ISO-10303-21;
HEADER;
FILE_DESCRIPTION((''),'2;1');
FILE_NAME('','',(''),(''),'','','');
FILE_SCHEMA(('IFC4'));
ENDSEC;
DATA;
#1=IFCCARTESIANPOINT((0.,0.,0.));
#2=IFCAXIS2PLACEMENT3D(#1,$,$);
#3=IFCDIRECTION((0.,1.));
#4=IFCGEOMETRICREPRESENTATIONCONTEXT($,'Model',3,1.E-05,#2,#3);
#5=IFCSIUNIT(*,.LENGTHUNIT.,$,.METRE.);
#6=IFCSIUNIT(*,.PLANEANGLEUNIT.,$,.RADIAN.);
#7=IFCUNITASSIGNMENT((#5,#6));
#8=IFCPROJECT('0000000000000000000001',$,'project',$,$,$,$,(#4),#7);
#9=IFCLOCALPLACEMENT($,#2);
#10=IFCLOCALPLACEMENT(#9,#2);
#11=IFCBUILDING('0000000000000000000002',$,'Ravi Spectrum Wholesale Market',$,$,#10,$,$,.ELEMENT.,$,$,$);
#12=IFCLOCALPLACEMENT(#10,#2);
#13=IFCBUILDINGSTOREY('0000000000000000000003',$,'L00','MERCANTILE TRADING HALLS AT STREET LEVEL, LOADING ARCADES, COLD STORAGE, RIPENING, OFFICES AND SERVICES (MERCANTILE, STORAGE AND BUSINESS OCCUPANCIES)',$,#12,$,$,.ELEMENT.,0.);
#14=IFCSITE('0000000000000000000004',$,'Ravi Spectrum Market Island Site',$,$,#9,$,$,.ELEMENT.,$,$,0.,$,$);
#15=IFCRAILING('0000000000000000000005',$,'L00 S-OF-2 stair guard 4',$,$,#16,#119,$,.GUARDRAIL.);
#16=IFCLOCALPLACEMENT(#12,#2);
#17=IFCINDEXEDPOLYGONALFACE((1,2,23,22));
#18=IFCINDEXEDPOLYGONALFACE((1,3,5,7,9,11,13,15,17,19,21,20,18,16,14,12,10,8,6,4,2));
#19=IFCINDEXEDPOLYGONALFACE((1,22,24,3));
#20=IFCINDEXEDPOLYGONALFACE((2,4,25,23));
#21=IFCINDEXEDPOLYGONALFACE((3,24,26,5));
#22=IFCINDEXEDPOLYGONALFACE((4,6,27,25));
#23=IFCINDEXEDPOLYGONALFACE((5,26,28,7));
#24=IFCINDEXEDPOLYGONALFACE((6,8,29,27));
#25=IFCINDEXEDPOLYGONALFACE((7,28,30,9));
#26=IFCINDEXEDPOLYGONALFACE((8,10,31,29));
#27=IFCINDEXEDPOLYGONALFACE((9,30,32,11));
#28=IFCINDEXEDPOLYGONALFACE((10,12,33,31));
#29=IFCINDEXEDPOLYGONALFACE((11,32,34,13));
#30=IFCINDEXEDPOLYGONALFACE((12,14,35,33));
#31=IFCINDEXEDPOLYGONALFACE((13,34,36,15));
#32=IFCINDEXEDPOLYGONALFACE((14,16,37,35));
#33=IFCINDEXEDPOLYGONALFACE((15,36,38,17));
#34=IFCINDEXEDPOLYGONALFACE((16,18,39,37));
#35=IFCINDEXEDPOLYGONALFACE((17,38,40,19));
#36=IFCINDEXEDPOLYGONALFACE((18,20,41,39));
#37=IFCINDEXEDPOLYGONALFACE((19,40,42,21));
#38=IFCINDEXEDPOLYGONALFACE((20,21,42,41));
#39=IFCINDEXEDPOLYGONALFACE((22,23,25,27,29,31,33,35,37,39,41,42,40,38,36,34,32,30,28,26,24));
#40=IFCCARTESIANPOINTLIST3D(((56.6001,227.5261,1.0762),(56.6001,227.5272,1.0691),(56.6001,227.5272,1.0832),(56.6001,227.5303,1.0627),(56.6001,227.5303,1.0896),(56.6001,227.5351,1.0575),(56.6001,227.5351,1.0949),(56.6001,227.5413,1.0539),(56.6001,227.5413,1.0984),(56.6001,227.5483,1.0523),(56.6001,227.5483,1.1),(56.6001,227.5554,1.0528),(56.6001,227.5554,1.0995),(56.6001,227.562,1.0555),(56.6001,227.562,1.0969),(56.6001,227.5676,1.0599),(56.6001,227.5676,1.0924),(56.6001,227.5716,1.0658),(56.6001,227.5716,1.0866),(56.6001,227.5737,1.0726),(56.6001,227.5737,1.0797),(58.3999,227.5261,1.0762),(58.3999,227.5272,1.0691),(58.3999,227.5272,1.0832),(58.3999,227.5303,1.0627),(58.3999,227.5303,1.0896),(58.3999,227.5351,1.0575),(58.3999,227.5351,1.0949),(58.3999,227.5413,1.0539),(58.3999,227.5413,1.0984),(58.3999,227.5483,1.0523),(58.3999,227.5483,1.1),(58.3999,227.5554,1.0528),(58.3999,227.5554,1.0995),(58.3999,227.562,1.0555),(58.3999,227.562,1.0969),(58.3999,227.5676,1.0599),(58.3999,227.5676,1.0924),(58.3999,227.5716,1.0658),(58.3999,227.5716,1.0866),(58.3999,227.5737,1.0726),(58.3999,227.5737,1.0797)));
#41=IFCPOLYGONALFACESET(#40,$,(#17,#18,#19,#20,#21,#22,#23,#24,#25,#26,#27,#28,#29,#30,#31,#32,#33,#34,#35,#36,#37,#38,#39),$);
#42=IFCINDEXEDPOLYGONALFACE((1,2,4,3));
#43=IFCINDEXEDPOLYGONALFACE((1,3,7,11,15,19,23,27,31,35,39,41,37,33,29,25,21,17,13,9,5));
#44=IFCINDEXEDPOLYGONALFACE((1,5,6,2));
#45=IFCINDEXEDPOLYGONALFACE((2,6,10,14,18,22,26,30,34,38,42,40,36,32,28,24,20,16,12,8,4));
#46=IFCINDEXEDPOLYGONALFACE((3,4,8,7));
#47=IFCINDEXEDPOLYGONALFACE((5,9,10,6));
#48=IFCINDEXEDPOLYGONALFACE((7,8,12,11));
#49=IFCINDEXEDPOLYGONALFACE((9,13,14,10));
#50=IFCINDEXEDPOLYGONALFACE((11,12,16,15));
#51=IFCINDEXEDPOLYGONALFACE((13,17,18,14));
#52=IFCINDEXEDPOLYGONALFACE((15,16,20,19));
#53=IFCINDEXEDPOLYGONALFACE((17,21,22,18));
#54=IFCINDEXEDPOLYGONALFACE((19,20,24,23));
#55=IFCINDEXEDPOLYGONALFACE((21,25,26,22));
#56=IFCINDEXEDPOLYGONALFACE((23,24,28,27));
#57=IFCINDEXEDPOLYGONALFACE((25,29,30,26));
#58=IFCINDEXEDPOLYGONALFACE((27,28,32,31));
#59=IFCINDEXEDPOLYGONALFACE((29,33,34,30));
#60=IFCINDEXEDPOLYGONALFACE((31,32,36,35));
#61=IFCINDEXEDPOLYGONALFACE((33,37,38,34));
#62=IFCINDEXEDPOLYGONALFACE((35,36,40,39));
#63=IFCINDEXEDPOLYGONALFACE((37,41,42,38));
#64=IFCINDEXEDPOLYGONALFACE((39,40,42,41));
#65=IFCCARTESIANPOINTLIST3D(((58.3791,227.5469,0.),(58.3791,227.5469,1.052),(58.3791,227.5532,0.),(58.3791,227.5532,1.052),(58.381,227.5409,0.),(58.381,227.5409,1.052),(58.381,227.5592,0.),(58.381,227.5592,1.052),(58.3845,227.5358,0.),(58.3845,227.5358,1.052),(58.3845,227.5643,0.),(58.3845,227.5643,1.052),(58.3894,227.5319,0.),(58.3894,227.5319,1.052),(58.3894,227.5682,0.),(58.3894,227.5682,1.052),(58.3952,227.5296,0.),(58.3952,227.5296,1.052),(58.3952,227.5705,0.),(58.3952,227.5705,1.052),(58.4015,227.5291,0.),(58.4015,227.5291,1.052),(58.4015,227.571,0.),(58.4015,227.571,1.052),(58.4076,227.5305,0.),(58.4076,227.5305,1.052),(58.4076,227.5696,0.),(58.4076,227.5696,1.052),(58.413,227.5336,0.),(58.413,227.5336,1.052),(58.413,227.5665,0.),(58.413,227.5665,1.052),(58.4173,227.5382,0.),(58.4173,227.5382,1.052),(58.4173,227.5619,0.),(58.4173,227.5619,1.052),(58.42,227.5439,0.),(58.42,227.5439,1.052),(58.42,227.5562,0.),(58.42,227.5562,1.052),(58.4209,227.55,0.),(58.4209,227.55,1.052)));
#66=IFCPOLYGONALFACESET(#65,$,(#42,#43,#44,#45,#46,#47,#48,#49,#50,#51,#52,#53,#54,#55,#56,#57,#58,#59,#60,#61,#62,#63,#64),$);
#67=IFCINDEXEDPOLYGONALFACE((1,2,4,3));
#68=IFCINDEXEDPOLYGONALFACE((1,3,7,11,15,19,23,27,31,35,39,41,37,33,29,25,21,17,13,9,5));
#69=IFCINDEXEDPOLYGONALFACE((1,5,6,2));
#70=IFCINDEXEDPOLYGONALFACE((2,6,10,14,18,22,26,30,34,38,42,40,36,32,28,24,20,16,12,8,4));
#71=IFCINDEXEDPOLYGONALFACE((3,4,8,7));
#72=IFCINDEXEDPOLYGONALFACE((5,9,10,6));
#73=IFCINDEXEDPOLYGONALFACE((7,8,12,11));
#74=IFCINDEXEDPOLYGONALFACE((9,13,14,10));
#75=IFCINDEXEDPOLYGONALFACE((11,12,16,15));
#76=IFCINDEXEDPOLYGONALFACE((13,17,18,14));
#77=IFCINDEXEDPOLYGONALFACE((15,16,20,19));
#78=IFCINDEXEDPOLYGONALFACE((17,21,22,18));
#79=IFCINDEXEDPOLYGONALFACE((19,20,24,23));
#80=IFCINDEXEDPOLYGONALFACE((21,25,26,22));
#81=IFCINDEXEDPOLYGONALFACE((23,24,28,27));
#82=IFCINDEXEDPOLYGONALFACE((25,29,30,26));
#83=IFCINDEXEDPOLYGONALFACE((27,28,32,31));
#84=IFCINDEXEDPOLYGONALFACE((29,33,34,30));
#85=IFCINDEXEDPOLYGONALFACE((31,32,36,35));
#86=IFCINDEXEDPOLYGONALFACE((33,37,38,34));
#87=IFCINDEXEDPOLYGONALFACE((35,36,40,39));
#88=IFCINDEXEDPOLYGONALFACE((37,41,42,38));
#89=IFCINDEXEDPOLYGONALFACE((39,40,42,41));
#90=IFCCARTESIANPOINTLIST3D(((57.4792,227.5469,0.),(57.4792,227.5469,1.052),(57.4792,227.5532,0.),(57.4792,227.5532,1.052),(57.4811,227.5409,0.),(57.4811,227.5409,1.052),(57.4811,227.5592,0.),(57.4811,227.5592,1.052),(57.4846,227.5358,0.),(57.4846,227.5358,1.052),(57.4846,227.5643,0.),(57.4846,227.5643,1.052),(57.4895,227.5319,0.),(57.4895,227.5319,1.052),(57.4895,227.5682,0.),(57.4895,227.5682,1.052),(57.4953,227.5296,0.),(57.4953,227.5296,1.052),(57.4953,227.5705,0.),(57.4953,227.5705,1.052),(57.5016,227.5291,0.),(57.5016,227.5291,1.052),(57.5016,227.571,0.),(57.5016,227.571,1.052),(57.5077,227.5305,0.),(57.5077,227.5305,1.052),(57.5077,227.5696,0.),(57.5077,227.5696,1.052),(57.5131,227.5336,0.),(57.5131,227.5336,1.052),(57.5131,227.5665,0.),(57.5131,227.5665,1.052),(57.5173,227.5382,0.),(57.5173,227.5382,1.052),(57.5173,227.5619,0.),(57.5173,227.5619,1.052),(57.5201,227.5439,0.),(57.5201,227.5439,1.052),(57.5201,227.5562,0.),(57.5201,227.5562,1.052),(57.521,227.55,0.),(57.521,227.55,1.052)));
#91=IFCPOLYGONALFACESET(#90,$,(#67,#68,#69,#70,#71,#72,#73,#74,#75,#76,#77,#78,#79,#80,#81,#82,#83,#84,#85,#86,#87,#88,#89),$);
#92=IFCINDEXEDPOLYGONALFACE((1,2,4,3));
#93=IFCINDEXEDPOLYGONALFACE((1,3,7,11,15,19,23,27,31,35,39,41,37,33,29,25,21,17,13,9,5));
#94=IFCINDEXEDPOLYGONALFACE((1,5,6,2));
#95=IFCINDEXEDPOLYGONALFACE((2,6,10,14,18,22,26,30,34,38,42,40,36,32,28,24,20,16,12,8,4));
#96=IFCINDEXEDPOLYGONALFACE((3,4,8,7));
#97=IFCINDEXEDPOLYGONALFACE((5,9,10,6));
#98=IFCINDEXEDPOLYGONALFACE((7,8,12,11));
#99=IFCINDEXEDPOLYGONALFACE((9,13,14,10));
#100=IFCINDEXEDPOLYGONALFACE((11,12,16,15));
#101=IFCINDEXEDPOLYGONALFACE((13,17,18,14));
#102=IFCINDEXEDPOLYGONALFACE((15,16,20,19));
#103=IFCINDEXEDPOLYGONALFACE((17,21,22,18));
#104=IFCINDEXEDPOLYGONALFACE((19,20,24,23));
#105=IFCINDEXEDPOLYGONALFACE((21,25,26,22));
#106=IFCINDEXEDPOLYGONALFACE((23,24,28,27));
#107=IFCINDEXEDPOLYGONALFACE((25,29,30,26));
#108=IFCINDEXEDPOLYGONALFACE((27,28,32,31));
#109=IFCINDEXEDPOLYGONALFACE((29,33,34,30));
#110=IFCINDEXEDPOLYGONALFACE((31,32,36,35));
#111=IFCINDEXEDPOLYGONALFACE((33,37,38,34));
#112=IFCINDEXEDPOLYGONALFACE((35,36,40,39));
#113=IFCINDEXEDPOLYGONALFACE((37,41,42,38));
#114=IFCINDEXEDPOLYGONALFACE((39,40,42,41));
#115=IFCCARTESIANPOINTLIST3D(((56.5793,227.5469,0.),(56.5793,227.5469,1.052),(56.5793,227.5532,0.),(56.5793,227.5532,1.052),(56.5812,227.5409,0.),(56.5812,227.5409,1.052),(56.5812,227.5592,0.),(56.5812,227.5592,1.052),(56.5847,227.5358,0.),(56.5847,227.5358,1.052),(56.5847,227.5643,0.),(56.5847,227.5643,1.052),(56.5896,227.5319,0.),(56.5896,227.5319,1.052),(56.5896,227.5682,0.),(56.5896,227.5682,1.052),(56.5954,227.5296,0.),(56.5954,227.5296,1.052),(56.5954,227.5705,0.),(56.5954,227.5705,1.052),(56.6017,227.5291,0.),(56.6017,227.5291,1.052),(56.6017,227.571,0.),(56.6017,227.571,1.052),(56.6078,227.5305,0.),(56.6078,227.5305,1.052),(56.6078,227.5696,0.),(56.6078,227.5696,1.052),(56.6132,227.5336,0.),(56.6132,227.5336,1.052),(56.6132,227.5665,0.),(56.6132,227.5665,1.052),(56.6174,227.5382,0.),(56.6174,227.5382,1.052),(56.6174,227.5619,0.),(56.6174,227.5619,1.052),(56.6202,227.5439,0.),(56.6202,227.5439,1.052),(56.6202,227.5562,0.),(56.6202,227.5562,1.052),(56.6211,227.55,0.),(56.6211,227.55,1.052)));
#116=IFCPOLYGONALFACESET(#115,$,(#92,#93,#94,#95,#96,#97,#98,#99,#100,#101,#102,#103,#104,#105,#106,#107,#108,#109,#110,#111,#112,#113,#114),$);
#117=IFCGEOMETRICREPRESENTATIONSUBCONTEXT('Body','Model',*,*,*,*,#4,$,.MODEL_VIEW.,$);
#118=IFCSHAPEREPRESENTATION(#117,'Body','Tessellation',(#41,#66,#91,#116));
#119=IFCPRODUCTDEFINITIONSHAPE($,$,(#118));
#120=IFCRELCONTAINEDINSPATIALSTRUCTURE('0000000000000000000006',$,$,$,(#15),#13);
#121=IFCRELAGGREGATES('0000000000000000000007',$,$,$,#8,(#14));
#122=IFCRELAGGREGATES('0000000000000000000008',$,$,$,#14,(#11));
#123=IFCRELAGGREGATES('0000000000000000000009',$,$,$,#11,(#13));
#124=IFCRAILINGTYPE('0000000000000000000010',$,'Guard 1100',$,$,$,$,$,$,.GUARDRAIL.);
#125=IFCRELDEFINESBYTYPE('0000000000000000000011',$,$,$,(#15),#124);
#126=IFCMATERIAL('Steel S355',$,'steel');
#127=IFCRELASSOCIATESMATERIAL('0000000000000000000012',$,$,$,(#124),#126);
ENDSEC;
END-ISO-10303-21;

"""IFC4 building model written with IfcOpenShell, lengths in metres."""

from ifc_helpers import new_model, si_unit, direction, frame, origin, origin_2d, place, context, subcontext, project, spatial, circle, extrude, material, type_object, element, save


model = new_model("IFC4")

# Units and contexts
model_context = context("Model", 3, precision=1e-05, world=origin(), true_north=direction((0.0, 1.0)))
body_context = subcontext(model_context, "Body", "Model", "MODEL_VIEW")
ifc_project = project(units=[si_unit("LENGTHUNIT", "METRE"), si_unit("PLANEANGLEUNIT", "RADIAN")], contexts=[model_context])

# Site, building, storey
site_placement = place(None, origin())
site = spatial("IfcSite", under=ifc_project, at=site_placement, Name="Ravi Spectrum Market Island Site", CompositionType="ELEMENT", RefElevation=0.0)
building_placement = place(site_placement, origin())
building = spatial("IfcBuilding", under=site, at=building_placement, Name="Ravi Spectrum Wholesale Market", CompositionType="ELEMENT")
storey_placement = place(building_placement, origin())
storey = spatial("IfcBuildingStorey", under=building, at=storey_placement, Name="L00", Description="MERCANTILE TRADING HALLS AT STREET LEVEL, LOADING ARCADES, COLD STORAGE, RIPENING, OFFICES AND SERVICES (MERCANTILE, STORAGE AND BUSINESS OCCUPANCIES)", CompositionType="ELEMENT", Elevation=0.0)

# Railing
ifc_material_1 = material(Name="Steel S355", Category="steel")
railing_type_1 = type_object("IfcRailingType", Name="Guard 1100", PredefinedType="GUARDRAIL", material=ifc_material_1)
railing_1_placement = place(storey_placement, frame((58.3999, 227.55, 0.0)))
element("IfcRailing", 1, at=railing_1_placement, inside=storey, type_object=railing_type_1, Name="L00 S-OF-2 stair guard 4", PredefinedType="GUARDRAIL", context=body_context, shape_type="SweptSolid", body=[
    extrude(circle(Radius=0.0239, at=origin_2d()), frame((0.0, 0.0, 1.0762), z_axis=(-1.0, 0.0, 0.0), x_axis=(0.0, -1.0, 0.0)), (0.0, 0.0, 1.0), 1.7998),
    extrude(circle(Radius=0.021, at=origin_2d()), origin(), (0.0, 0.0, 1.0), 1.052),
    extrude(circle(Radius=0.021, at=origin_2d()), frame((-0.8999, 0.0, 0.0)), (0.0, 0.0, 1.0), 1.052),
    extrude(circle(Radius=0.021, at=origin_2d()), frame((-1.7998, 0.0, 0.0)), (0.0, 0.0, 1.0), 1.052),
])

save(model, "model.ifc")
